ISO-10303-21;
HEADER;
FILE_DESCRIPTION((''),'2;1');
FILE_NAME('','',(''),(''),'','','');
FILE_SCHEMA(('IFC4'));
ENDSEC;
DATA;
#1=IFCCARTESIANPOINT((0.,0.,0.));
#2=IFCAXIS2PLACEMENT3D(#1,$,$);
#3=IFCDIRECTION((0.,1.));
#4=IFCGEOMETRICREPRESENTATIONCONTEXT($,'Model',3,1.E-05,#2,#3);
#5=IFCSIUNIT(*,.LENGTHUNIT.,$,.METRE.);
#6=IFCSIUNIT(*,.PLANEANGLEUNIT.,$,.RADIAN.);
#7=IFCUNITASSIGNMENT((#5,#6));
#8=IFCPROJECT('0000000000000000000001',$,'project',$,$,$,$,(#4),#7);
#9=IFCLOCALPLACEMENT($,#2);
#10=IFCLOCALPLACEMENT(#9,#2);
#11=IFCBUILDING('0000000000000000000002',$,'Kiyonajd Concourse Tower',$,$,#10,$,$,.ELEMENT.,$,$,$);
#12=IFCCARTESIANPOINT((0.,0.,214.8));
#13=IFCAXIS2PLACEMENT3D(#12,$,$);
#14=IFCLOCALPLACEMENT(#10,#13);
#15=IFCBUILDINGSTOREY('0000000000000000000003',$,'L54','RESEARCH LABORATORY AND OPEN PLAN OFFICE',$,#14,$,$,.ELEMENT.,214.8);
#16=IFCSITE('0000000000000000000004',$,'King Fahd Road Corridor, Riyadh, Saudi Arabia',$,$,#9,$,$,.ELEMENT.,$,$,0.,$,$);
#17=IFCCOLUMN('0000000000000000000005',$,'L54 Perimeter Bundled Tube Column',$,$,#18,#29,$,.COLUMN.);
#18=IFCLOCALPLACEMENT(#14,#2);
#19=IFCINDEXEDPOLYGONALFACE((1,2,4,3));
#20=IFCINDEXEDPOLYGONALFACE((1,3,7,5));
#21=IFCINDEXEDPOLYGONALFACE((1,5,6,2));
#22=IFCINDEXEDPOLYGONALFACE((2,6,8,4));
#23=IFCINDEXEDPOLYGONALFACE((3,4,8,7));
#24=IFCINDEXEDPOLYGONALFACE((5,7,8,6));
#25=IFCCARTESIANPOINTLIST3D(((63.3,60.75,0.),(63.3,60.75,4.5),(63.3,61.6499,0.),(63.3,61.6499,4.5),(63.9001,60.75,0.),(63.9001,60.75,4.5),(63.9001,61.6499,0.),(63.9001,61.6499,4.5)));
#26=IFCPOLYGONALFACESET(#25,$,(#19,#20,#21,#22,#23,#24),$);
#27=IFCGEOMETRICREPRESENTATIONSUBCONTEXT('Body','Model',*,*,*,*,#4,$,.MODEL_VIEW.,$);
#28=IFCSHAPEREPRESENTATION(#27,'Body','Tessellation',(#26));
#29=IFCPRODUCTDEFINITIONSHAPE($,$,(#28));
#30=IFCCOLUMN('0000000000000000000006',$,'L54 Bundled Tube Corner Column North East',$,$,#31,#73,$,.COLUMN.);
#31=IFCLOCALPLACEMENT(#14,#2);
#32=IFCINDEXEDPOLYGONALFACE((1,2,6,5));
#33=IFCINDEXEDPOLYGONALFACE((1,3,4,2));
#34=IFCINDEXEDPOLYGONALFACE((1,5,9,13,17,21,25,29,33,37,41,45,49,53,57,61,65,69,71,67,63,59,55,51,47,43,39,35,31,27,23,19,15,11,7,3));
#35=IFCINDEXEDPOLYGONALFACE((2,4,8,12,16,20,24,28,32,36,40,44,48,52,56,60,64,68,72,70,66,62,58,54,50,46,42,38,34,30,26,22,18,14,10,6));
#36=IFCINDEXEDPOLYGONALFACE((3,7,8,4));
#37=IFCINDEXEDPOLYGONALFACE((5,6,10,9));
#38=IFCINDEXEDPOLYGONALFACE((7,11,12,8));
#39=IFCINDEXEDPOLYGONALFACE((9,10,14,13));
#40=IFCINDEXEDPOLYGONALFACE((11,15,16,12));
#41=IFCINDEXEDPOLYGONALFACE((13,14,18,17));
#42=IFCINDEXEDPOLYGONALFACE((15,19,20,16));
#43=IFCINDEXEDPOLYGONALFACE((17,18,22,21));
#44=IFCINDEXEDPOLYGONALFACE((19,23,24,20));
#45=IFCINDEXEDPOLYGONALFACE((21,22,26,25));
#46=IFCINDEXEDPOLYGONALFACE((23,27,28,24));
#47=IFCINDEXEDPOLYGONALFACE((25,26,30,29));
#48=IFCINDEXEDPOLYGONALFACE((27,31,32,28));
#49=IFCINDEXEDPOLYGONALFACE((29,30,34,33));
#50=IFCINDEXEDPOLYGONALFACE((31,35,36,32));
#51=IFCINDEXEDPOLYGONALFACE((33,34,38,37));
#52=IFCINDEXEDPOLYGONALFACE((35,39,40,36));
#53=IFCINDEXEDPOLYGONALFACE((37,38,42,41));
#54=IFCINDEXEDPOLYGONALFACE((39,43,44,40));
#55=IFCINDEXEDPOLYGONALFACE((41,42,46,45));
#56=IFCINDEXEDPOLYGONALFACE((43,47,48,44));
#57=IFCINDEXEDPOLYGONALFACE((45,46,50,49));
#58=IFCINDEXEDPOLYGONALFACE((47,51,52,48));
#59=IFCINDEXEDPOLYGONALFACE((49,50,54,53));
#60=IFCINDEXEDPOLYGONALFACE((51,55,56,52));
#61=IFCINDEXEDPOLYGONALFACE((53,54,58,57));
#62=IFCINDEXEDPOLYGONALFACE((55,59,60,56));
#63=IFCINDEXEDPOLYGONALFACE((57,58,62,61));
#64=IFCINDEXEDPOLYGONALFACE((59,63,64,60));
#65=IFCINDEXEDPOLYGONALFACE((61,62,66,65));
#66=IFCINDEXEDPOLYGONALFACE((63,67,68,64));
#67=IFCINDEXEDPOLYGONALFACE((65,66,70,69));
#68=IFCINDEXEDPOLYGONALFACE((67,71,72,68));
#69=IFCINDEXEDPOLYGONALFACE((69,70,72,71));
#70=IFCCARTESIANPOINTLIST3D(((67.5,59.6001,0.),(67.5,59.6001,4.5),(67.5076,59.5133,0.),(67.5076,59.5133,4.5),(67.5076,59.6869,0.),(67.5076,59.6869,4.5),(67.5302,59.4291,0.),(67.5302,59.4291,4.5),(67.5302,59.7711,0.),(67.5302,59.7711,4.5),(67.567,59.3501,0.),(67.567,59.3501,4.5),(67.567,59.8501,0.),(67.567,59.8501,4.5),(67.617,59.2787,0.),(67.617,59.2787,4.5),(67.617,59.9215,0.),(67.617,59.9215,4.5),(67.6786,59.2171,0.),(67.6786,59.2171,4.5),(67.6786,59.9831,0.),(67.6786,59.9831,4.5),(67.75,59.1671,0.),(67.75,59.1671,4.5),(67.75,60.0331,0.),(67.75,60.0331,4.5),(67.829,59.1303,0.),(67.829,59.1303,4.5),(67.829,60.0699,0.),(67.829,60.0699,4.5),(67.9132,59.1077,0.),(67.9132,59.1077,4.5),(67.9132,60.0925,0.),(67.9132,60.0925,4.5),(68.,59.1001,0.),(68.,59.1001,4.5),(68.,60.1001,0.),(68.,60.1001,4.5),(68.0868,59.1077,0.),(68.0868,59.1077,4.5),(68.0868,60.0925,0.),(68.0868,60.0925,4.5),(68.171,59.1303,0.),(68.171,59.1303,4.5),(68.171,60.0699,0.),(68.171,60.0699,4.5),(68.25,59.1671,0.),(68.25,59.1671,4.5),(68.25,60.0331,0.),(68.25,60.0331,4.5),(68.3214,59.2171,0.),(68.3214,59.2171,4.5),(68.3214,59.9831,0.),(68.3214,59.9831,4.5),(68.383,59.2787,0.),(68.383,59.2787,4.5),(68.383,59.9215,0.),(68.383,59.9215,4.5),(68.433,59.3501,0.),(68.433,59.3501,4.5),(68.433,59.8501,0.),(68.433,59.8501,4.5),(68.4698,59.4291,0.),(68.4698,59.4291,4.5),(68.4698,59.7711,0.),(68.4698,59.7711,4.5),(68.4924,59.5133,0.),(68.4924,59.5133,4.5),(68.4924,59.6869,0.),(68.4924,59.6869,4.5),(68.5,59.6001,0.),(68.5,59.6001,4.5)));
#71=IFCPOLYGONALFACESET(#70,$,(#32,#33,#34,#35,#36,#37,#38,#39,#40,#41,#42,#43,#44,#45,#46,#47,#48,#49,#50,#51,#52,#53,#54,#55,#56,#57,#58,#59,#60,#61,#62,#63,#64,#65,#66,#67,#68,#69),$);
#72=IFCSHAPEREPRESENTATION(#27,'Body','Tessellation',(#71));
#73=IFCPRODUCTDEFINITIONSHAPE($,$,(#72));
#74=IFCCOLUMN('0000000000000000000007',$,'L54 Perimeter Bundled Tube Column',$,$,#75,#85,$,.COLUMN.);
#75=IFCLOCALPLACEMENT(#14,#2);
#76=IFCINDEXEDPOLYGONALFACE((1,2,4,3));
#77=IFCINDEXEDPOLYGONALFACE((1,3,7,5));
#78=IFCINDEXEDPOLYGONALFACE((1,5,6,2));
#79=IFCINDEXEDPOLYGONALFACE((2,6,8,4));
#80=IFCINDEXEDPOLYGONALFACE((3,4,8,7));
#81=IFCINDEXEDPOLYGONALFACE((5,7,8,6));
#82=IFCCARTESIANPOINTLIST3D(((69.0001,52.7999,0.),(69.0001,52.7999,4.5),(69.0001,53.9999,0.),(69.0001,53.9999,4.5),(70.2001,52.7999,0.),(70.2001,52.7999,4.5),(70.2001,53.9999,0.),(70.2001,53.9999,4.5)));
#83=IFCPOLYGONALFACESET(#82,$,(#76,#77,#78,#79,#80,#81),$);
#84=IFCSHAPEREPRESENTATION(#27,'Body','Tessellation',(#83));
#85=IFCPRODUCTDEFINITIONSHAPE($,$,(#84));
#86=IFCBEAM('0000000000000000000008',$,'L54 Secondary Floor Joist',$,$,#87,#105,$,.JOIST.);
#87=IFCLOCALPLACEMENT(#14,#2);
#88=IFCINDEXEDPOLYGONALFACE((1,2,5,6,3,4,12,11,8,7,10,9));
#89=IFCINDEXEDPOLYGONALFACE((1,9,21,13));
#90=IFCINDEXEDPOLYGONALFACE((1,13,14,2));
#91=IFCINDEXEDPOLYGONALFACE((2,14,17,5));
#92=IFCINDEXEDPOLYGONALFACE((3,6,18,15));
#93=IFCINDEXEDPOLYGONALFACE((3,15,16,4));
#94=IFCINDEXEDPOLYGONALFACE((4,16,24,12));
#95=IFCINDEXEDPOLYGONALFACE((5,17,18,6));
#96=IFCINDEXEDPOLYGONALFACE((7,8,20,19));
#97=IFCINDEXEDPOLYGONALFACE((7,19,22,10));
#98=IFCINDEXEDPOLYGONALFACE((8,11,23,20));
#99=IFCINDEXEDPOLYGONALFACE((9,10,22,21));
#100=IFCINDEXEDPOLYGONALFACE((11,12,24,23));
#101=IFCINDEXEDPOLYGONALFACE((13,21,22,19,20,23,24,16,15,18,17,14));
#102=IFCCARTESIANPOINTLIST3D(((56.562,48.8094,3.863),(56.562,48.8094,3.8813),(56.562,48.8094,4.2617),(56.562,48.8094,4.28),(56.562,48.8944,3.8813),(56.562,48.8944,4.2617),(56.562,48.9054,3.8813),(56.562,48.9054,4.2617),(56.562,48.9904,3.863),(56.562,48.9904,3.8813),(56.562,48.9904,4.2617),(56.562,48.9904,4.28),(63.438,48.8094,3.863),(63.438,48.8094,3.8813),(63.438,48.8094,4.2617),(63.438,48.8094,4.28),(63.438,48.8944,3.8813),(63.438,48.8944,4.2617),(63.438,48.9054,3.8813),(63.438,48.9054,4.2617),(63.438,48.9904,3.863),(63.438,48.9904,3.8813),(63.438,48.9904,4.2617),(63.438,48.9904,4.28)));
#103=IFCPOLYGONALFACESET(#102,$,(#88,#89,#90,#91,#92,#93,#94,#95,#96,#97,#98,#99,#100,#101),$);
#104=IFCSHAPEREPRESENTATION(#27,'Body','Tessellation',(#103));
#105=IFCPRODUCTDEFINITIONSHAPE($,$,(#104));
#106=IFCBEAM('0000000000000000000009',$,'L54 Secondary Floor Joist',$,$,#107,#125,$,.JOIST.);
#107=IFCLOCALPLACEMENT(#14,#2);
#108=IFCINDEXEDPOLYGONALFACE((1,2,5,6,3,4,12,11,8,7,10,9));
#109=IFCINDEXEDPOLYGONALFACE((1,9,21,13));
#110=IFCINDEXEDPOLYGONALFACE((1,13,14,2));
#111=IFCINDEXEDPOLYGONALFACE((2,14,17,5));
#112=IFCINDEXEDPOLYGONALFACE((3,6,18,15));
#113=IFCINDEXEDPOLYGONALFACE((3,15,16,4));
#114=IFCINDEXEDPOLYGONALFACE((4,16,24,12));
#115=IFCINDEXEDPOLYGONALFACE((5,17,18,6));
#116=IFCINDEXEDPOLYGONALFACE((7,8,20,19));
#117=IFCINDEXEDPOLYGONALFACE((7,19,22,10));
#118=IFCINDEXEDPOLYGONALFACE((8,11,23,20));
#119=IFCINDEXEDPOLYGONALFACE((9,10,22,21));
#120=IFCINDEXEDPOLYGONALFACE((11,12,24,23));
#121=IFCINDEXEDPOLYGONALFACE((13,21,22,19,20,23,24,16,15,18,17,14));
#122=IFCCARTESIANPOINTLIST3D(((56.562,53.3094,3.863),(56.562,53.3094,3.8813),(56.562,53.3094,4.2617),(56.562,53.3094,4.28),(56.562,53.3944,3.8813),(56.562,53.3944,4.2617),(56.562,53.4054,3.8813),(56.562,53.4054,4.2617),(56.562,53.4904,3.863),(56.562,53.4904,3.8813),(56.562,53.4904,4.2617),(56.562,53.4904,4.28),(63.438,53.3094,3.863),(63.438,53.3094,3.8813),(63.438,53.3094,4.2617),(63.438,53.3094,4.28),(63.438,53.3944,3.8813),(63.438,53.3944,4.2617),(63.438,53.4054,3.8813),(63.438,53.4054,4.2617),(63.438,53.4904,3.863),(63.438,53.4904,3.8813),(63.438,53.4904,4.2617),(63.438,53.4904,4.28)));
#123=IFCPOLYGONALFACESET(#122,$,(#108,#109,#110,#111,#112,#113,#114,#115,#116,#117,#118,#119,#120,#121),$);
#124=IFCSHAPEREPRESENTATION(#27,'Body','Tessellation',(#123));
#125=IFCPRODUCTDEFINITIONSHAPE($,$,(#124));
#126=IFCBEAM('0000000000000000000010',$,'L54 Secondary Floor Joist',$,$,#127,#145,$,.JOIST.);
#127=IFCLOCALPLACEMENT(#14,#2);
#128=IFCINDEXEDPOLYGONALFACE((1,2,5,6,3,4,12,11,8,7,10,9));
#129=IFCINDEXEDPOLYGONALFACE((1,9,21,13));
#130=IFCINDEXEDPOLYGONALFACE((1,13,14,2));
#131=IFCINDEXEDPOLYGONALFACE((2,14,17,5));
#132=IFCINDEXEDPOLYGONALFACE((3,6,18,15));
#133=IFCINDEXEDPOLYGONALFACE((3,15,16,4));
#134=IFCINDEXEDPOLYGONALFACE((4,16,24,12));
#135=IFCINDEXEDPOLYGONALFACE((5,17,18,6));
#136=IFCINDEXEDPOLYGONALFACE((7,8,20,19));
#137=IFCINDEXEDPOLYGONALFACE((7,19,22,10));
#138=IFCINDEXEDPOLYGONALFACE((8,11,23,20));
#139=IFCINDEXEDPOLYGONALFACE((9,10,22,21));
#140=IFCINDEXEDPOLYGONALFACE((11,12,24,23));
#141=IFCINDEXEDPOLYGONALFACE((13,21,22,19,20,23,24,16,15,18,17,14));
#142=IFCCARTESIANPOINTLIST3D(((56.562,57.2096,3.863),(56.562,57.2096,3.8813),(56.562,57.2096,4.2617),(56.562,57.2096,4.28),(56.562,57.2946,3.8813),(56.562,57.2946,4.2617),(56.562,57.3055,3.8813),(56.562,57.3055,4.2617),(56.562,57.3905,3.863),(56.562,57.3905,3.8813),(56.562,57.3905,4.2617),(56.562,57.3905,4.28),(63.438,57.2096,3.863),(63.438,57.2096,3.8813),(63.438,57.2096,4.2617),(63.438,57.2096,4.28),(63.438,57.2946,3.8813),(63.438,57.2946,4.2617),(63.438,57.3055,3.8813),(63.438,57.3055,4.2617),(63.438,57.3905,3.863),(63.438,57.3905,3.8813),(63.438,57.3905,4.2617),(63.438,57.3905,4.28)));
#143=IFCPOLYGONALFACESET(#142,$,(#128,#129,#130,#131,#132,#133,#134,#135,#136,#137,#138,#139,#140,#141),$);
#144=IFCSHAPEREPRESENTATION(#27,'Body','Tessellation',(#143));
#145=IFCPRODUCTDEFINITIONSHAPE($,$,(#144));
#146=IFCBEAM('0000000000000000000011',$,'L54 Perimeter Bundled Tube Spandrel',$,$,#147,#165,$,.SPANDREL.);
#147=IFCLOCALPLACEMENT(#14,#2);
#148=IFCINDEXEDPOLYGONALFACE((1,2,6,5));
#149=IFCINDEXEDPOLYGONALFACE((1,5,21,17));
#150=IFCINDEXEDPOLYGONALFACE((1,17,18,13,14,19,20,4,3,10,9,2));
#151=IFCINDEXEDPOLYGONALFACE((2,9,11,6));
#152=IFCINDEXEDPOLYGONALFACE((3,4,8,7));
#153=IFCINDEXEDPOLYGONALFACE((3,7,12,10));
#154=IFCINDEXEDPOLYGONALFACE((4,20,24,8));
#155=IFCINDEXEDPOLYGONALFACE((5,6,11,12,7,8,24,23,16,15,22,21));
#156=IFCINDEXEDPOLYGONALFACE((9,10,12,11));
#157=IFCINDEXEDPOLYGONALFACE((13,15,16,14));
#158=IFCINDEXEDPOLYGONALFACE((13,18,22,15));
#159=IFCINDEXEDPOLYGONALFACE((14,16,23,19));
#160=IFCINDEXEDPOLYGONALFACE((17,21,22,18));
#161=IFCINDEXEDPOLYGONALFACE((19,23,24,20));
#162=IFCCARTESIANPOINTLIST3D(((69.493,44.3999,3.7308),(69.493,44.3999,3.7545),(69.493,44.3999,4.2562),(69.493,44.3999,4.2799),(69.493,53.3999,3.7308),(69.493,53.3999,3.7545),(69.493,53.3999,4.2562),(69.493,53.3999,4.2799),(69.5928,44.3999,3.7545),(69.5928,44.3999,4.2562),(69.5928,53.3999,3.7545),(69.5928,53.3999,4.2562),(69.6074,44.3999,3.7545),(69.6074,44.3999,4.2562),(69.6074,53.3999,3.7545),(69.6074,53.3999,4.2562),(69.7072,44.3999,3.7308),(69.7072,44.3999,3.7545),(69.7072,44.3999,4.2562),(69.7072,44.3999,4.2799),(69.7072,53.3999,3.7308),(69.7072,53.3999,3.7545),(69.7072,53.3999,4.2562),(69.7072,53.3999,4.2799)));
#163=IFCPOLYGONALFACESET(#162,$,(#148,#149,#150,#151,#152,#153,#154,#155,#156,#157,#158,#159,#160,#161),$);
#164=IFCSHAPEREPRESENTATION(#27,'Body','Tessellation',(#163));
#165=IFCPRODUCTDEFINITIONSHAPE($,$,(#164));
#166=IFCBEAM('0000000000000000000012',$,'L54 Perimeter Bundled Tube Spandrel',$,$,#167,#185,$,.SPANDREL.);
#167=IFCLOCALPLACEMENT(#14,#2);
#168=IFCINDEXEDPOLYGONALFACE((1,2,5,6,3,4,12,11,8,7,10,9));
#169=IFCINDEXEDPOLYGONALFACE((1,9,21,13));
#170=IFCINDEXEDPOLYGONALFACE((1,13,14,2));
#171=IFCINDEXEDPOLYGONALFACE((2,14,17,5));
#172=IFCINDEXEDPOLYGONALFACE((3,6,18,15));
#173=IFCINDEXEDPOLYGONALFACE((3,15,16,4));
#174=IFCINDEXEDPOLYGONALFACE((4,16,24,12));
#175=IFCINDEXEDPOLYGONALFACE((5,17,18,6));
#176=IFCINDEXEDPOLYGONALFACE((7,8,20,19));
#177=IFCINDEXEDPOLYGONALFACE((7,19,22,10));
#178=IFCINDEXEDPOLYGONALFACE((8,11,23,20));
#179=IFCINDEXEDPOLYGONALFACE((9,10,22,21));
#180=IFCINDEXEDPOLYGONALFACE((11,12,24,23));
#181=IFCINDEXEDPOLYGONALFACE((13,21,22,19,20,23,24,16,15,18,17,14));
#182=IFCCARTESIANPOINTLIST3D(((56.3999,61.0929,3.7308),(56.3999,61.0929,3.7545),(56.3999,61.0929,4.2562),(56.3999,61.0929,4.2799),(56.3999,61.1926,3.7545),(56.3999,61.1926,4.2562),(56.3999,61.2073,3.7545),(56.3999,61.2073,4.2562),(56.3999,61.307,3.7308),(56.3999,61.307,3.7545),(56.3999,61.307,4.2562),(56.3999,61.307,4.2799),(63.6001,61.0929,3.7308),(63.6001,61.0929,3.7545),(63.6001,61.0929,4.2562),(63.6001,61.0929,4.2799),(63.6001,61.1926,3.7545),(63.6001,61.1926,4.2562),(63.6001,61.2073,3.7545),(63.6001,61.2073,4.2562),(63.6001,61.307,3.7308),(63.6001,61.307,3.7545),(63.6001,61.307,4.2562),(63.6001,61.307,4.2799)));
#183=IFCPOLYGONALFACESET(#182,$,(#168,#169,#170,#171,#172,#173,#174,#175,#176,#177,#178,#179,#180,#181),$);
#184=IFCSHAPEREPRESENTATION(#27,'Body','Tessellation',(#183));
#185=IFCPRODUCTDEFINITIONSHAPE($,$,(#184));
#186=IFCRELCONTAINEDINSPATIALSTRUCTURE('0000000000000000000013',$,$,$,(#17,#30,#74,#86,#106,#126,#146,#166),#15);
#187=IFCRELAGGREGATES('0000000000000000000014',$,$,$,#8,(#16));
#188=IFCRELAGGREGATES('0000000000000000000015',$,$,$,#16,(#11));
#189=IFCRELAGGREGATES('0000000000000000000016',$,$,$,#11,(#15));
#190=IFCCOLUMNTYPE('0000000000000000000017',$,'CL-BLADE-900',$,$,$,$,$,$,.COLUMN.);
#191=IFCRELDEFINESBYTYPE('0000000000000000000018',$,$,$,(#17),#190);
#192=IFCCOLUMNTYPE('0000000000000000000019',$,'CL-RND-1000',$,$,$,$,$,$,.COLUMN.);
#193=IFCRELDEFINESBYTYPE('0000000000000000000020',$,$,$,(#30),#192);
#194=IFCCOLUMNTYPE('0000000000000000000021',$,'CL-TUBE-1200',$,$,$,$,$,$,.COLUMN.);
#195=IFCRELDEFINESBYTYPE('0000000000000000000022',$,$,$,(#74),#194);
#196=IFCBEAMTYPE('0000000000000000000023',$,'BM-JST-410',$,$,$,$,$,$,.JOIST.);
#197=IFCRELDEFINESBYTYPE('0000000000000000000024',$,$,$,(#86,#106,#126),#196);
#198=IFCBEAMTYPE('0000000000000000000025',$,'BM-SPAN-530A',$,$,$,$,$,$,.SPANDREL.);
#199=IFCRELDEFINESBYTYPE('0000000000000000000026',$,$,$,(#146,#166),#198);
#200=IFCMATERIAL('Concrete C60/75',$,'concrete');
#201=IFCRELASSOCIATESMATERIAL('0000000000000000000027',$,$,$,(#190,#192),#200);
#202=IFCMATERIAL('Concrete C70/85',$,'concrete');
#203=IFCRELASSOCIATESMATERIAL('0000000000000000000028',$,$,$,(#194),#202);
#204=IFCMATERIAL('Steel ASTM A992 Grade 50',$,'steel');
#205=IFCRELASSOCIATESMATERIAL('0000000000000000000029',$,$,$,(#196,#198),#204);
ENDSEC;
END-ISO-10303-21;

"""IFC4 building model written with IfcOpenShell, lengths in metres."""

from ifc_helpers import new_model, si_unit, direction, frame, origin, origin_2d, place, context, subcontext, project, spatial, rectangle, circle, i_section, extrude, material, material_profile, profile_set, type_object, element, save


model = new_model("IFC4")

# Units and contexts
model_context = context("Model", 3, precision=1e-05, world=origin(), true_north=direction((0.0, 1.0)))
body_context = subcontext(model_context, "Body", "Model", "MODEL_VIEW")
ifc_project = project(units=[si_unit("LENGTHUNIT", "METRE"), si_unit("PLANEANGLEUNIT", "RADIAN")], contexts=[model_context])

# Site, building, storey
site_placement = place(None, origin())
site = spatial("IfcSite", under=ifc_project, at=site_placement, Name="King Fahd Road Corridor, Riyadh, Saudi Arabia", CompositionType="ELEMENT", RefElevation=0.0)
building_placement = place(site_placement, origin())
building = spatial("IfcBuilding", under=site, at=building_placement, Name="Kiyonajd Concourse Tower", CompositionType="ELEMENT")
storey_placement = place(building_placement, frame((0.0, 0.0, 214.8)))
storey = spatial("IfcBuildingStorey", under=building, at=storey_placement, Name="L54", Description="RESEARCH LABORATORY AND OPEN PLAN OFFICE", CompositionType="ELEMENT", Elevation=214.8)

# Columns
ifc_material_1 = material(Name="Concrete C60/75", Category="concrete")
ifc_material_profile_1 = material_profile(ifc_material_1, rectangle(XDim=0.6001, YDim=0.8999, at=origin_2d()), Name="RC-900x600")
ifc_profile_set_1 = profile_set([ifc_material_profile_1], Name="Concrete C60/75")
column_type_1 = type_object("IfcColumnType", Name="CL-BLADE-900", PredefinedType="COLUMN", material=ifc_profile_set_1)
column_1_placement = place(storey_placement, frame((63.6001, 61.2, 0.0), z_axis=(0.0, 0.0, 1.0), x_axis=(1.0, 0.0, 0.0)))
element("IfcColumn", 1, at=column_1_placement, inside=storey, type_object=column_type_1, Name="L54 Perimeter Bundled Tube Column", PredefinedType="COLUMN", context=body_context, shape_type="SweptSolid", body=[
    extrude(rectangle(XDim=0.6001, YDim=0.8999, at=origin_2d()), origin(), (0.0, 0.0, 1.0), 4.5),
])
ifc_material_profile_2 = material_profile(ifc_material_1, circle(Radius=0.5, at=origin_2d()), Name="RCC-D1000")
ifc_profile_set_2 = profile_set([ifc_material_profile_2], Name="Concrete C60/75")
column_type_2 = type_object("IfcColumnType", Name="CL-RND-1000", PredefinedType="COLUMN", material=ifc_profile_set_2)
column_2_placement = place(storey_placement, frame((68.0, 59.6001, 0.0), z_axis=(0.0, 0.0, 1.0), x_axis=(1.0, 0.0, 0.0)))
element("IfcColumn", 2, at=column_2_placement, inside=storey, type_object=column_type_2, Name="L54 Bundled Tube Corner Column North East", PredefinedType="COLUMN", context=body_context, shape_type="SweptSolid", body=[
    extrude(circle(Radius=0.5, at=origin_2d()), origin(), (0.0, 0.0, 1.0), 4.5),
])
ifc_material_2 = material(Name="Concrete C70/85", Category="concrete")
ifc_material_profile_3 = material_profile(ifc_material_2, rectangle(XDim=1.2, YDim=1.2, at=origin_2d()), Name="RC-1200x1200")
ifc_profile_set_3 = profile_set([ifc_material_profile_3], Name="Concrete C70/85")
column_type_3 = type_object("IfcColumnType", Name="CL-TUBE-1200", PredefinedType="COLUMN", material=ifc_profile_set_3)
column_3_placement = place(storey_placement, frame((69.6001, 53.3999, 0.0), z_axis=(0.0, 0.0, 1.0), x_axis=(1.0, 0.0, 0.0)))
element("IfcColumn", 3, at=column_3_placement, inside=storey, type_object=column_type_3, Name="L54 Perimeter Bundled Tube Column", PredefinedType="COLUMN", context=body_context, shape_type="SweptSolid", body=[
    extrude(rectangle(XDim=1.2, YDim=1.2, at=origin_2d()), origin(), (0.0, 0.0, 1.0), 4.5),
])

# Beams
ifc_material_3 = material(Name="Steel ASTM A992 Grade 50", Category="steel")
ifc_material_profile_4 = material_profile(ifc_material_3, i_section(OverallWidth=0.1809, OverallDepth=0.417, WebThickness=0.011, FlangeThickness=0.0183, at=origin_2d()), Name="W410X85")
ifc_profile_set_4 = profile_set([ifc_material_profile_4], Name="Steel ASTM A992 Grade 50")
beam_type_1 = type_object("IfcBeamType", Name="BM-JST-410", PredefinedType="JOIST", material=ifc_profile_set_4)
for number, where, z_axis, x_axis, name in (
    (4, (56.562, 48.8999, 4.0715), (1.0, 0.0, 0.0), (0.0, 1.0, 0.0), "L54 Secondary Floor Joist"),
    (5, (56.562, 53.3999, 4.0715), (1.0, 0.0, 0.0), (0.0, 1.0, 0.0), "L54 Secondary Floor Joist"),
    (6, (56.562, 57.3, 4.0715), (1.0, 0.0, 0.0), (0.0, 1.0, 0.0), "L54 Secondary Floor Joist"),
):
    element("IfcBeam", number, at=place(storey_placement, frame(where, z_axis=z_axis, x_axis=x_axis)), inside=storey, type_object=beam_type_1, Name=name, PredefinedType="JOIST", context=body_context, shape_type="SweptSolid", body=[
        extrude(i_section(OverallWidth=0.1809, OverallDepth=0.417, WebThickness=0.011, FlangeThickness=0.0183, at=origin_2d()), origin(), (0.0, 0.0, 1.0), 6.876),
    ])
ifc_material_profile_5 = material_profile(ifc_material_3, i_section(OverallWidth=0.2141, OverallDepth=0.5491, WebThickness=0.0146, FlangeThickness=0.0237, at=origin_2d()), Name="W530X138")
ifc_profile_set_5 = profile_set([ifc_material_profile_5], Name="Steel ASTM A992 Grade 50")
beam_type_2 = type_object("IfcBeamType", Name="BM-SPAN-530A", PredefinedType="SPANDREL", material=ifc_profile_set_5)
beam_1_placement = place(storey_placement, frame((69.6001, 44.3999, 4.0054), z_axis=(0.0, 1.0, 0.0), x_axis=(-1.0, 0.0, 0.0)))
element("IfcBeam", 7, at=beam_1_placement, inside=storey, type_object=beam_type_2, Name="L54 Perimeter Bundled Tube Spandrel", PredefinedType="SPANDREL", context=body_context, shape_type="SweptSolid", body=[
    extrude(i_section(OverallWidth=0.2141, OverallDepth=0.5491, WebThickness=0.0146, FlangeThickness=0.0237, at=origin_2d()), origin(), (0.0, 0.0, 1.0), 9.0),
])
beam_2_placement = place(storey_placement, frame((63.6001, 61.2, 4.0054), z_axis=(-1.0, 0.0, 0.0), x_axis=(0.0, -1.0, 0.0)))
element("IfcBeam", 8, at=beam_2_placement, inside=storey, type_object=beam_type_2, Name="L54 Perimeter Bundled Tube Spandrel", PredefinedType="SPANDREL", context=body_context, shape_type="SweptSolid", body=[
    extrude(i_section(OverallWidth=0.2141, OverallDepth=0.5491, WebThickness=0.0146, FlangeThickness=0.0237, at=origin_2d()), origin(), (0.0, 0.0, 1.0), 7.2002),
])

save(model, "model.ifc")
